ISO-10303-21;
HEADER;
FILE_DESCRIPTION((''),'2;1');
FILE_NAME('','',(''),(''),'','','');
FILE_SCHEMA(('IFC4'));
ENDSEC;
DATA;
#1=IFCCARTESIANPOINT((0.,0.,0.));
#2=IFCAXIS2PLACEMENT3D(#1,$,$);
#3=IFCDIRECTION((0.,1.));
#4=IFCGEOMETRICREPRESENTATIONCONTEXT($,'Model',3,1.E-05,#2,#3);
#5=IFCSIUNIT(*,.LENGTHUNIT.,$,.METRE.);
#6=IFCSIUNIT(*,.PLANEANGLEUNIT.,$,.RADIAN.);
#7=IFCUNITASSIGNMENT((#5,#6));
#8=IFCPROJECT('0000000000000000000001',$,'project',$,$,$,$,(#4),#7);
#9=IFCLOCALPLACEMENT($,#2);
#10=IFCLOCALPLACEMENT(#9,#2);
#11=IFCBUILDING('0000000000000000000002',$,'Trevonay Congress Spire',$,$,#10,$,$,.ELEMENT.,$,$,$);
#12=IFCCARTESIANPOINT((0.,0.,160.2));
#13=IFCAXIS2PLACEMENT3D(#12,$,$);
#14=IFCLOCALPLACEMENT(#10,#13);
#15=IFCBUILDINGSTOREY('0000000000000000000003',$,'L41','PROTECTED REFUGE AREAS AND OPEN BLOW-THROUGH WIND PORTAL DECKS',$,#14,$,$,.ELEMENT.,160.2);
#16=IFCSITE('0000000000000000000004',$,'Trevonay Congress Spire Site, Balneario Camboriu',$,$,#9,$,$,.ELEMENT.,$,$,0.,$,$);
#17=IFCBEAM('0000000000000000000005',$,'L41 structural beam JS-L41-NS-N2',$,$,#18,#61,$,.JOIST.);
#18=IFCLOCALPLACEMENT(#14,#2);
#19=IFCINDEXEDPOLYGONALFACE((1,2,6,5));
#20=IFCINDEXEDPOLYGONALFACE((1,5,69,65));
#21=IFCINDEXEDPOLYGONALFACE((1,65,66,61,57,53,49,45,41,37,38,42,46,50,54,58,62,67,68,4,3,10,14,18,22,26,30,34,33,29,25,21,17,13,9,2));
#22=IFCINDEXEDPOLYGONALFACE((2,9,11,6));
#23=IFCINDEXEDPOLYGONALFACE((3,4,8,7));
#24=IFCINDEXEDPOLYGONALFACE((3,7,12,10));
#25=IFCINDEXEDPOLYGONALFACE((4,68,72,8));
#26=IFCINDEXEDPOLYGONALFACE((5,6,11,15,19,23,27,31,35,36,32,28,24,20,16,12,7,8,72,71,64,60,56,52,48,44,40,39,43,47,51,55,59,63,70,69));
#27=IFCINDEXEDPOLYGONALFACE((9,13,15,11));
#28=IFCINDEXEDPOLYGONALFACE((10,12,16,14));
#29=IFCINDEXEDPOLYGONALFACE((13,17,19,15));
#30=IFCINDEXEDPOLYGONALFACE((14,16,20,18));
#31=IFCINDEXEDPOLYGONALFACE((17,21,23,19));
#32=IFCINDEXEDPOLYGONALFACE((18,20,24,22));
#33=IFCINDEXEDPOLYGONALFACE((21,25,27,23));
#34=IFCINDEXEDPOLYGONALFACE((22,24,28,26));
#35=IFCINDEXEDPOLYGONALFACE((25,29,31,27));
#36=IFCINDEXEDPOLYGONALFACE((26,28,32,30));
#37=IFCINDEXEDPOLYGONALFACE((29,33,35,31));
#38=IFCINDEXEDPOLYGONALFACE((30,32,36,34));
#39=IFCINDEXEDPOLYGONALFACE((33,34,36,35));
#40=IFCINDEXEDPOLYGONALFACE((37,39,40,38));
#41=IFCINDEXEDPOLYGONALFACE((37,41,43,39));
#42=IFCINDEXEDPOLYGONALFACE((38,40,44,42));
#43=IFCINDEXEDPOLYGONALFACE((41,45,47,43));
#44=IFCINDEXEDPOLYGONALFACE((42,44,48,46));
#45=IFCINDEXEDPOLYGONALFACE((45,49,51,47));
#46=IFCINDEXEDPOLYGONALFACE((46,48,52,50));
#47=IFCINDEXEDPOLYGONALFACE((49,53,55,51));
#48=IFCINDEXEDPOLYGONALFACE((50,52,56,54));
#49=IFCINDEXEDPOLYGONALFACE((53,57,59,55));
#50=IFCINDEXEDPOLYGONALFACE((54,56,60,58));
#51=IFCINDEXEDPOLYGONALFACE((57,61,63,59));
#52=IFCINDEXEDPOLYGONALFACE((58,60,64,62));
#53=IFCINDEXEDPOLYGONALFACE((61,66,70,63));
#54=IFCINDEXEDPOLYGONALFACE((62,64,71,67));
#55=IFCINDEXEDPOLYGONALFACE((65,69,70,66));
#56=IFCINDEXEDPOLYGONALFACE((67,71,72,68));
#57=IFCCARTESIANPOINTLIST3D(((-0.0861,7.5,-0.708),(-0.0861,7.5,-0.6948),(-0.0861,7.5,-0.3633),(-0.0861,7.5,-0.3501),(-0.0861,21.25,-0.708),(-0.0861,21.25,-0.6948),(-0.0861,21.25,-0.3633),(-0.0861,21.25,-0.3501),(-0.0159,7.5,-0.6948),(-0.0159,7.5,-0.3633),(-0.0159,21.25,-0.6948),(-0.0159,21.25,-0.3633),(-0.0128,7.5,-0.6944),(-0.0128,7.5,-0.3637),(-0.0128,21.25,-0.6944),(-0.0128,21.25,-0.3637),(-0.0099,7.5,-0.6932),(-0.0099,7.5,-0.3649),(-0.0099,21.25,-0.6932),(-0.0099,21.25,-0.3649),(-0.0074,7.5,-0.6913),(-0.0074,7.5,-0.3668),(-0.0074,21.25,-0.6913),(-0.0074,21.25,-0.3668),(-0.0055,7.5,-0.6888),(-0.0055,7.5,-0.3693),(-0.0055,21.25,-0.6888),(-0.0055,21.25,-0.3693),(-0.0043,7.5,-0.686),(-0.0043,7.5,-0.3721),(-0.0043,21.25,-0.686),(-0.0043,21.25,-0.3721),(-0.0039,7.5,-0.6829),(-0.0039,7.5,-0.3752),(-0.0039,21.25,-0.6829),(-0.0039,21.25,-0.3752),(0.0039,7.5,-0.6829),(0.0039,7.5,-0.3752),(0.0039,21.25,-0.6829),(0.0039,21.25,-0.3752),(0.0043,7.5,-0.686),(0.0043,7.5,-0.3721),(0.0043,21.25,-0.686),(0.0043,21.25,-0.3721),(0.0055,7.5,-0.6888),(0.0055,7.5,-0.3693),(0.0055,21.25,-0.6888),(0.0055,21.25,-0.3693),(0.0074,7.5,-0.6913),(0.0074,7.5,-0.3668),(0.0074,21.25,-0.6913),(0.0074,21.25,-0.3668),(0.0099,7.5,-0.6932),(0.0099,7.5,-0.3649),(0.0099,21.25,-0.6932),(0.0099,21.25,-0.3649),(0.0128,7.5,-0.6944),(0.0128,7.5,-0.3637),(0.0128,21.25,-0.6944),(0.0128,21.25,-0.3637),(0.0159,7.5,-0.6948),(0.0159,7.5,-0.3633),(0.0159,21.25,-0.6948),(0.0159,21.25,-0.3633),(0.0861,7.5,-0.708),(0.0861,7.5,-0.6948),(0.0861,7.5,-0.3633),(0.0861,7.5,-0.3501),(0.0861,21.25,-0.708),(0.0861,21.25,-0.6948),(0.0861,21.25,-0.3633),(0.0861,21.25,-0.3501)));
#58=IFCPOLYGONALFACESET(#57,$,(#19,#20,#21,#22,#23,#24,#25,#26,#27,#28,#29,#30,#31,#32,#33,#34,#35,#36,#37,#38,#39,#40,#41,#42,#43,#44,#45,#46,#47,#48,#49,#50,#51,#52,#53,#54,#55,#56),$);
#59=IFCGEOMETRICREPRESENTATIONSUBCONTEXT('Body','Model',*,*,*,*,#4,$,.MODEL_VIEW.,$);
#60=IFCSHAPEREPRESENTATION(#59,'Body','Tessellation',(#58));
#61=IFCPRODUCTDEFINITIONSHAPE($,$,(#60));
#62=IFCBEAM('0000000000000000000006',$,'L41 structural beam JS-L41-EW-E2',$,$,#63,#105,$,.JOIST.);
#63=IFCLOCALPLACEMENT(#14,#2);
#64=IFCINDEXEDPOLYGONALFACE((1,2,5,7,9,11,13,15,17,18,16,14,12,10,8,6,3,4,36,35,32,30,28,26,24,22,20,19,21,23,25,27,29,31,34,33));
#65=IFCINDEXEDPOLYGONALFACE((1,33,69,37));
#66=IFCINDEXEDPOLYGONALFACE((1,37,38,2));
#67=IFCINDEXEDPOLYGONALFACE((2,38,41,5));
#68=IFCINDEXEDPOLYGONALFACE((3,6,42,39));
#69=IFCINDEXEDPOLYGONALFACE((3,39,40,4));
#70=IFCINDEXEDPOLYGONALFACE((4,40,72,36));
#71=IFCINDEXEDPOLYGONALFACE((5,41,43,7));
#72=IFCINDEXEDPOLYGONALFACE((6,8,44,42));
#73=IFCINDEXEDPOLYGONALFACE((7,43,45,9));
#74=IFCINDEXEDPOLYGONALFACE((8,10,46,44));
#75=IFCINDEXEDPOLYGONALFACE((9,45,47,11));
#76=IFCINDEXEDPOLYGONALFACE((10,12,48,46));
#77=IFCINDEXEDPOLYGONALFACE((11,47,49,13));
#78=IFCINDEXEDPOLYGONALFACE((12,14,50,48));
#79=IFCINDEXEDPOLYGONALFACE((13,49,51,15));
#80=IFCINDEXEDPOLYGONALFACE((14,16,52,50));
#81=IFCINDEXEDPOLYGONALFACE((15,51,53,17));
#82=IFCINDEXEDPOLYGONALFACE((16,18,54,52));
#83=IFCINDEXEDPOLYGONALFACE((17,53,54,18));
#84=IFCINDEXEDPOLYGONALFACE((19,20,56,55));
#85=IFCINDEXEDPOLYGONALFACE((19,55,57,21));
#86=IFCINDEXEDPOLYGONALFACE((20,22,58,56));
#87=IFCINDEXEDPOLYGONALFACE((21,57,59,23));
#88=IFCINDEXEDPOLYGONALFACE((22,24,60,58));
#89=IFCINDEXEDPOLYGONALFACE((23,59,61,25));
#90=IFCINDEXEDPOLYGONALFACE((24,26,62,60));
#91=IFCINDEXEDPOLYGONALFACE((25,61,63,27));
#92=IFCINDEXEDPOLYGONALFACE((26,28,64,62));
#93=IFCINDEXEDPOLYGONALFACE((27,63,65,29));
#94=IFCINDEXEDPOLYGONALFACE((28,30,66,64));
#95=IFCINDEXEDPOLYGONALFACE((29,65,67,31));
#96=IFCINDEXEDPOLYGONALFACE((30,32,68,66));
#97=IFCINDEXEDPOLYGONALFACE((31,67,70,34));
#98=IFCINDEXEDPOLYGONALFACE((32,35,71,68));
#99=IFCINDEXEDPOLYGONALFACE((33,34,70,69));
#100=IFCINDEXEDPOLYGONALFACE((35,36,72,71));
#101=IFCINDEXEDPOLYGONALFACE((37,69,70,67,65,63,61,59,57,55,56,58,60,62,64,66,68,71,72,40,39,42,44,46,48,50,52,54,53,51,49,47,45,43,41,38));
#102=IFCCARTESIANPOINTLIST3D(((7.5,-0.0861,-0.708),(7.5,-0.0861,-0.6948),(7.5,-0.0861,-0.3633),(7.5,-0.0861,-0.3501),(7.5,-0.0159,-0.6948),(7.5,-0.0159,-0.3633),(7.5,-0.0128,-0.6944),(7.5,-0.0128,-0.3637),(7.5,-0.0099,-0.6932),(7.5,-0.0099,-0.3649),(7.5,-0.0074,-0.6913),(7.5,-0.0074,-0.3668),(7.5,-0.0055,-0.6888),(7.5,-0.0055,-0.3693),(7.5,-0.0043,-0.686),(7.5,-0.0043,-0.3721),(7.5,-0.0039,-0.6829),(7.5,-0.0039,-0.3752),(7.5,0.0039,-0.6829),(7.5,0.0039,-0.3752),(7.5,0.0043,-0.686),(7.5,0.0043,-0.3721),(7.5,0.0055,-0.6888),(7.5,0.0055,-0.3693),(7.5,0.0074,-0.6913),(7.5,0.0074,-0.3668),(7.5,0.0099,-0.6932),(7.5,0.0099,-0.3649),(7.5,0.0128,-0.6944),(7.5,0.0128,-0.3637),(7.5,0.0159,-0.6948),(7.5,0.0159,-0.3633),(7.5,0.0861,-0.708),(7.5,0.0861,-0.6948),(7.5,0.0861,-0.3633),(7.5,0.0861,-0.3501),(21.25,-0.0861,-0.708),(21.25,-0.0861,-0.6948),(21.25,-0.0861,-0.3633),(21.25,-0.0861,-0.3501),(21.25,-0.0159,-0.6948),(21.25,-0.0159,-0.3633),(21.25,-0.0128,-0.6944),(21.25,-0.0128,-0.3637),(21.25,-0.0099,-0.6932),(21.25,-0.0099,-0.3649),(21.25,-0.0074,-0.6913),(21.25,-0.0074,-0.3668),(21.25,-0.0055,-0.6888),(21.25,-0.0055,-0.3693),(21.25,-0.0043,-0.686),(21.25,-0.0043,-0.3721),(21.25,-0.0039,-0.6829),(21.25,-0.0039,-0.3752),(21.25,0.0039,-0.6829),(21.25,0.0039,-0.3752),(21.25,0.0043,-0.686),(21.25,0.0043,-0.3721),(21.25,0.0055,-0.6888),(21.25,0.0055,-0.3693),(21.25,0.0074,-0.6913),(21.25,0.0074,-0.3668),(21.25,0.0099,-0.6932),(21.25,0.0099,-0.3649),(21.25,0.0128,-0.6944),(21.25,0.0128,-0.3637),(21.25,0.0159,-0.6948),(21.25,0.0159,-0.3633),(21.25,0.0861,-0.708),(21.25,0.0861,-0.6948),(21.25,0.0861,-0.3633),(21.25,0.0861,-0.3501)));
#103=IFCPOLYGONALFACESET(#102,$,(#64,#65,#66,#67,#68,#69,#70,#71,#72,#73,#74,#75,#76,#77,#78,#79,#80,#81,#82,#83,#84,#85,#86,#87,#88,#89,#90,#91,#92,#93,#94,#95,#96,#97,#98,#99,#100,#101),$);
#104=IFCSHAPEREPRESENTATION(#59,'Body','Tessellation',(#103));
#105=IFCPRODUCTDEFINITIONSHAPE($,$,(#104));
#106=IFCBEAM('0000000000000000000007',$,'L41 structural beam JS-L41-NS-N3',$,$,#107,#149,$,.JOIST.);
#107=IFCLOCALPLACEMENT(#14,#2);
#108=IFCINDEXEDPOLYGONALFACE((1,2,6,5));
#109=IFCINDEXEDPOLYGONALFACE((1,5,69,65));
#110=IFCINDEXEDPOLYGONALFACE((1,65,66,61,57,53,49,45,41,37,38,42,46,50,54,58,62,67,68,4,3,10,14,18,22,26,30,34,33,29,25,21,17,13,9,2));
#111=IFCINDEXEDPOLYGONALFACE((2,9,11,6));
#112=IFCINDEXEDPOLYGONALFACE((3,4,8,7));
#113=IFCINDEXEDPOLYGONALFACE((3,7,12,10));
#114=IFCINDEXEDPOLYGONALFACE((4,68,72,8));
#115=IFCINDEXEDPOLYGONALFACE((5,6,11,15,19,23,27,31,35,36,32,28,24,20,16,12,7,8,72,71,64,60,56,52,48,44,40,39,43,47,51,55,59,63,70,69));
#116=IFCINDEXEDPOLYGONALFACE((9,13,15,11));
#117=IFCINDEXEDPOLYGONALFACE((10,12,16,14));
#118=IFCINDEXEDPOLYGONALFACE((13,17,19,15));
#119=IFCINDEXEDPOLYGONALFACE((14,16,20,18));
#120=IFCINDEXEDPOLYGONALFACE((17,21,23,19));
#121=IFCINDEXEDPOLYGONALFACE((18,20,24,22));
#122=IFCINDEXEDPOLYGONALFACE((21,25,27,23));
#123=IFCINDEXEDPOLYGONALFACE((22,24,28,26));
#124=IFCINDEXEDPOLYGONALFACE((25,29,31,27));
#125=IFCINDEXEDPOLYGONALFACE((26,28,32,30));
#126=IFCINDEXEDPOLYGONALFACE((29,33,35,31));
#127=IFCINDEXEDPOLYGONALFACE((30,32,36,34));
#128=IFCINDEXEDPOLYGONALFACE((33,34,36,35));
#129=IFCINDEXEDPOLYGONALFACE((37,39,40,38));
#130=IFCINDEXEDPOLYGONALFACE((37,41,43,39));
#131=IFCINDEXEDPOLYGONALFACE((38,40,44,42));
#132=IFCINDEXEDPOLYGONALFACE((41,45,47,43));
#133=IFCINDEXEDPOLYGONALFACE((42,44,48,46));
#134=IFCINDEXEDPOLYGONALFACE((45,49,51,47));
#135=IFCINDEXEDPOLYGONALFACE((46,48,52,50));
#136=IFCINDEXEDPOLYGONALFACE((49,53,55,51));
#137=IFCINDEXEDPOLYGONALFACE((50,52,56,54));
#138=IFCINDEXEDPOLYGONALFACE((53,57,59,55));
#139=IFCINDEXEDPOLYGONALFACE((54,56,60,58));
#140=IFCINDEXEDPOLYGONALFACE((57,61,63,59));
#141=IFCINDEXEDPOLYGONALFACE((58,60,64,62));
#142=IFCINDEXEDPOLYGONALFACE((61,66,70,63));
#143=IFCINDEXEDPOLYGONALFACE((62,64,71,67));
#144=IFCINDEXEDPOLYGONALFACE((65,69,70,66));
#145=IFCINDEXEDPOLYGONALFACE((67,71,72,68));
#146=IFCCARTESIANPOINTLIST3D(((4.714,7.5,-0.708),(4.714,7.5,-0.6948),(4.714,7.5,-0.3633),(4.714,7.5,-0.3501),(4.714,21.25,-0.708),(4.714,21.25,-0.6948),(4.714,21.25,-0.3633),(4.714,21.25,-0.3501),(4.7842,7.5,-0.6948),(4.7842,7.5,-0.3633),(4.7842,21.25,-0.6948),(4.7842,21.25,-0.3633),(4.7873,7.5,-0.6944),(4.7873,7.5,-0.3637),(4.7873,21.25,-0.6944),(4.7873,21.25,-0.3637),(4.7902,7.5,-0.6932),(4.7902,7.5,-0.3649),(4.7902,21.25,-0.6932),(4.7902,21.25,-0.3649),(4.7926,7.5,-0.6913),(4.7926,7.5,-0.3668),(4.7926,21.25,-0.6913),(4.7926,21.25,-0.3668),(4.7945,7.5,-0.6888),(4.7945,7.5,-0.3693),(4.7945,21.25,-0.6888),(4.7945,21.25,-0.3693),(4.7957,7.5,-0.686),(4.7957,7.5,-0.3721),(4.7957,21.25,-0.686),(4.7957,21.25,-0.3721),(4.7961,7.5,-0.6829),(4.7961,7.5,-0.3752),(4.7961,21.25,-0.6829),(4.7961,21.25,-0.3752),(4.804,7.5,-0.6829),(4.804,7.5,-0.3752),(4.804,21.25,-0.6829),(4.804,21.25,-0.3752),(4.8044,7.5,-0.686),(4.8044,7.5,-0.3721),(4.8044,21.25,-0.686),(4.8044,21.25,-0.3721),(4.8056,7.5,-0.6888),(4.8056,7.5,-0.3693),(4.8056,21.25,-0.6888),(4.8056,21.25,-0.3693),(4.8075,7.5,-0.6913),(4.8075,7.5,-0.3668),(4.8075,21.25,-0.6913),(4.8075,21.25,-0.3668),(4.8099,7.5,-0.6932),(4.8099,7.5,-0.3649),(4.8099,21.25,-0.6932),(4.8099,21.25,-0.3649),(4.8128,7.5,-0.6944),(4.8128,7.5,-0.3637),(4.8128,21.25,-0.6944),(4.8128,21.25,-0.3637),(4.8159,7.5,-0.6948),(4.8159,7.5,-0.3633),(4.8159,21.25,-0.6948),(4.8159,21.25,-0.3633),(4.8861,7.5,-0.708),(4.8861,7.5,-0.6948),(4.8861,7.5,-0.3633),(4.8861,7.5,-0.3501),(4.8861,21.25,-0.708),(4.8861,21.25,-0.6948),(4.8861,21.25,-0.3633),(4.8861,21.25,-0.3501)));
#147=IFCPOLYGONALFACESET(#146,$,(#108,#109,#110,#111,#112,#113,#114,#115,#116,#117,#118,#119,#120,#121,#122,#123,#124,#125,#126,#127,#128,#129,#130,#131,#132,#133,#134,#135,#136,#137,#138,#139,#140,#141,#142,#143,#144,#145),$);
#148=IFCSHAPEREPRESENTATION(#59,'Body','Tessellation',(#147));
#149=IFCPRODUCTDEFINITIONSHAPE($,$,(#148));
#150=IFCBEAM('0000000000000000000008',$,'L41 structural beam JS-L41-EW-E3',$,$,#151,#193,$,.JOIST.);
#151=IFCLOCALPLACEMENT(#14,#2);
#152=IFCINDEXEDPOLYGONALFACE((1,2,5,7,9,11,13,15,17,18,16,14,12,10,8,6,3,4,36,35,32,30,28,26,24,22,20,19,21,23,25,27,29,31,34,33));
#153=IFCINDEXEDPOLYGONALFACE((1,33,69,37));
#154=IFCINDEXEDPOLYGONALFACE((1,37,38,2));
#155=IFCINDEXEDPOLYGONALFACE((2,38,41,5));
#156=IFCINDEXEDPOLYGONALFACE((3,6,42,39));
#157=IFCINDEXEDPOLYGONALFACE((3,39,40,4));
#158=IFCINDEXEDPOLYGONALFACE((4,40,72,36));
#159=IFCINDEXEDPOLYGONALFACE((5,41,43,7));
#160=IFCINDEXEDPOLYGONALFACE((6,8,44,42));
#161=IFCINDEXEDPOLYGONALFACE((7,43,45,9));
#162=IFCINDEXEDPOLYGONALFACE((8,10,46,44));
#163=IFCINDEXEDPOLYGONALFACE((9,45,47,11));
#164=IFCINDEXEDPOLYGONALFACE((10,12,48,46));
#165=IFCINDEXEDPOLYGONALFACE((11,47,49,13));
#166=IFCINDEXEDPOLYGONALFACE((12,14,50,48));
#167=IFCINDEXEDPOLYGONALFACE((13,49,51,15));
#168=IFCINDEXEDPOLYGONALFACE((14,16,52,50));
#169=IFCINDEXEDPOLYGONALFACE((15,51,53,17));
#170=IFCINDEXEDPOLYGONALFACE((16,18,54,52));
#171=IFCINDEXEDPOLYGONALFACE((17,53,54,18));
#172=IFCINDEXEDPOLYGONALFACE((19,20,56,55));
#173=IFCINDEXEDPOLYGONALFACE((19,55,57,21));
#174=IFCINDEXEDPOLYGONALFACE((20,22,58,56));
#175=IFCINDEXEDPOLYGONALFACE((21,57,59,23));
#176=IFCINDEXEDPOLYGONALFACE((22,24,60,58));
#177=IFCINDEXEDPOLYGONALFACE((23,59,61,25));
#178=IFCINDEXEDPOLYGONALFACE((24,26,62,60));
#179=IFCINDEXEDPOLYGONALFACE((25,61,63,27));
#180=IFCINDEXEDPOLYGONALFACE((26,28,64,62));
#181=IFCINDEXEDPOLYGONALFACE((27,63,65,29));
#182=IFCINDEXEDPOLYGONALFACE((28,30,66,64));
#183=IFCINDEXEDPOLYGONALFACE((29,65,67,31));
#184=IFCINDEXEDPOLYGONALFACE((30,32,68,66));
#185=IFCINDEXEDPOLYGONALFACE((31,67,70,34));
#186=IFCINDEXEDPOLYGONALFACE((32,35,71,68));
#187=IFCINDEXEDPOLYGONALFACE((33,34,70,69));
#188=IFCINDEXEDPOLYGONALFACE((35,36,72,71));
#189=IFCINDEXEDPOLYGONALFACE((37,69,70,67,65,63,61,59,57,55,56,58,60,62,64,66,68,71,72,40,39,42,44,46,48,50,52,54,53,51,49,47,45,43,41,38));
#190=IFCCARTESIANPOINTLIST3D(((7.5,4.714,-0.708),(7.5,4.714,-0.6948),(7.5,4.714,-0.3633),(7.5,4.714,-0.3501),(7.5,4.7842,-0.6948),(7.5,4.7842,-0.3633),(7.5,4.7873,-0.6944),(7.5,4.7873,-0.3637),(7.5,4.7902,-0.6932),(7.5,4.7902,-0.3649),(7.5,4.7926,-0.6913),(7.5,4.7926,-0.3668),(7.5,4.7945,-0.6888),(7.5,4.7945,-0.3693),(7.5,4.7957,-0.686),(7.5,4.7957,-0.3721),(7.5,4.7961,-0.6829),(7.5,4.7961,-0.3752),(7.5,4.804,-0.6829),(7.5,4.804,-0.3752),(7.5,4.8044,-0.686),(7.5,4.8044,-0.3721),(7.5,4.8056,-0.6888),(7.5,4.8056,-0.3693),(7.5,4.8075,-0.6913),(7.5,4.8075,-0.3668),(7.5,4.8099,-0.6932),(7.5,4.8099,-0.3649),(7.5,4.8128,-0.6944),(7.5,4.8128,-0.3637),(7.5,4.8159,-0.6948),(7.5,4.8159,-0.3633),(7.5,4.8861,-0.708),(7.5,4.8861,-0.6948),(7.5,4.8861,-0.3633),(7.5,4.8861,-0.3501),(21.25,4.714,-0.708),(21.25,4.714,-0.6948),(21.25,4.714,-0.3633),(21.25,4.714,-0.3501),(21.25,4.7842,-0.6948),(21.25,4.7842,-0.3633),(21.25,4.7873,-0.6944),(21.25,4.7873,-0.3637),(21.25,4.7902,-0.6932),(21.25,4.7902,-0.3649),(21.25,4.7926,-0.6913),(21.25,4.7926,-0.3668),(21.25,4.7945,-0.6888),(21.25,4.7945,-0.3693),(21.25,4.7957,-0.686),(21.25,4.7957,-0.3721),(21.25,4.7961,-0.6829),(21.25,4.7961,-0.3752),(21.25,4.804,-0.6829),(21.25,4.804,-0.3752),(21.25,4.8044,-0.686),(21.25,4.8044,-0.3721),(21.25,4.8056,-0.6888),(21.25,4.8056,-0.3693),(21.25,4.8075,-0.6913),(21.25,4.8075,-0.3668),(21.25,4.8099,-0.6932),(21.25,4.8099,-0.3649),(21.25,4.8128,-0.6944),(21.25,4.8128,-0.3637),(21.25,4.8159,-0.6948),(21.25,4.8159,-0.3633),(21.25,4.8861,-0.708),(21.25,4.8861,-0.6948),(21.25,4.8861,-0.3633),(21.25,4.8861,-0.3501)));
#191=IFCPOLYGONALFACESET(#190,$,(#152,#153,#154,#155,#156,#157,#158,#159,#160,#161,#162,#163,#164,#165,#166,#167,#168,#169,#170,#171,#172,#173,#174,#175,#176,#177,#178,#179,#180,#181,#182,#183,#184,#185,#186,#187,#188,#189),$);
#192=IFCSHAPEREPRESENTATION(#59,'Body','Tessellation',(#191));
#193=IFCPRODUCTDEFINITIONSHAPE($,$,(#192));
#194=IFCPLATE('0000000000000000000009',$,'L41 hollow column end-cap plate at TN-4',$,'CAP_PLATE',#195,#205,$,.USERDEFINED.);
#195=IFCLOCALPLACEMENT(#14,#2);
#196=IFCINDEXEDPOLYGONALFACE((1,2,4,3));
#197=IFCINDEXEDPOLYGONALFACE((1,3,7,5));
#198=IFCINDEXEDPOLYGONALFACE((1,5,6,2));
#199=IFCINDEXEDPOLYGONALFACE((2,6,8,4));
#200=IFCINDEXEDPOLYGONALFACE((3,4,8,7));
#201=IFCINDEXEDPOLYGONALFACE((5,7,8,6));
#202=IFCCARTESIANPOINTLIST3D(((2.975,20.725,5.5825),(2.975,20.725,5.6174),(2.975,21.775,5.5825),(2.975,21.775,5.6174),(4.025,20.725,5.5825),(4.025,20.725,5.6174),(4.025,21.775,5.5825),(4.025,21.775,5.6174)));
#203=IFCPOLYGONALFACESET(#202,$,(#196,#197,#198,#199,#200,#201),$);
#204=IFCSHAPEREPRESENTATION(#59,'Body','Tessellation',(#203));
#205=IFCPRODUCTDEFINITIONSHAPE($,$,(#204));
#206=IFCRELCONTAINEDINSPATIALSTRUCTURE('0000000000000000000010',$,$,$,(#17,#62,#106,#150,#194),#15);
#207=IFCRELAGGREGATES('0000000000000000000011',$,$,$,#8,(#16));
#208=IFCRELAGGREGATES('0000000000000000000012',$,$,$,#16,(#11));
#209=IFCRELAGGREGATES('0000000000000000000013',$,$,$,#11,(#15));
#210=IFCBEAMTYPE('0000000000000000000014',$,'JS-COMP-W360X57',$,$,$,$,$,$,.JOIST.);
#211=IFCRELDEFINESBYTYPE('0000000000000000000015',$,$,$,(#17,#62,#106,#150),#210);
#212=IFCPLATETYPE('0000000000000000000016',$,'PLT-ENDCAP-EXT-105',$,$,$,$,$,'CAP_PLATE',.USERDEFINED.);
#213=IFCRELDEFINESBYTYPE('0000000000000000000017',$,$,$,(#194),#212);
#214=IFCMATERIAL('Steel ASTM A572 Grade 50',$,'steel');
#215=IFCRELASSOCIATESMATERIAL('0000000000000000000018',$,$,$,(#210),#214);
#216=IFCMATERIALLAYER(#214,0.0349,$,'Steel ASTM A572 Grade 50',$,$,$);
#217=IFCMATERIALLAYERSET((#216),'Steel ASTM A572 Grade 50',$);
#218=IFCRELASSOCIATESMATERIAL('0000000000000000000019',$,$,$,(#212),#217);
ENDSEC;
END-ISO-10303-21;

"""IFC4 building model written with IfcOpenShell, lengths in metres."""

from ifc_helpers import new_model, si_unit, direction, frame, origin, origin_2d, place, context, subcontext, project, spatial, rectangle, i_section, extrude, material, layer, layer_set, material_profile, profile_set, type_object, element, save


model = new_model("IFC4")

# Units and contexts
model_context = context("Model", 3, precision=1e-05, world=origin(), true_north=direction((0.0, 1.0)))
body_context = subcontext(model_context, "Body", "Model", "MODEL_VIEW")
ifc_project = project(units=[si_unit("LENGTHUNIT", "METRE"), si_unit("PLANEANGLEUNIT", "RADIAN")], contexts=[model_context])

# Site, building, storey
site_placement = place(None, origin())
site = spatial("IfcSite", under=ifc_project, at=site_placement, Name="Trevonay Congress Spire Site, Balneario Camboriu", CompositionType="ELEMENT", RefElevation=0.0)
building_placement = place(site_placement, origin())
building = spatial("IfcBuilding", under=site, at=building_placement, Name="Trevonay Congress Spire", CompositionType="ELEMENT")
storey_placement = place(building_placement, frame((0.0, 0.0, 160.2)))
storey = spatial("IfcBuildingStorey", under=building, at=storey_placement, Name="L41", Description="PROTECTED REFUGE AREAS AND OPEN BLOW-THROUGH WIND PORTAL DECKS", CompositionType="ELEMENT", Elevation=160.2)

# Shared definitions
ifc_material_1 = material(Name="Steel ASTM A572 Grade 50", Category="steel")

# Beams
ifc_material_profile_1 = material_profile(ifc_material_1, i_section(OverallWidth=0.1721, OverallDepth=0.3579, WebThickness=0.0078, FlangeThickness=0.0132, FilletRadius=0.012, at=origin_2d()), Name="W360x57.8")
ifc_profile_set_1 = profile_set([ifc_material_profile_1], Name="Steel ASTM A572 Grade 50")
beam_type_1 = type_object("IfcBeamType", Name="JS-COMP-W360X57", PredefinedType="JOIST", material=ifc_profile_set_1)
for number, where, z_axis, x_axis, name in (
    (1, (0.0, 7.5, -0.5291), (0.0, 1.0, 0.0), (-1.0, 0.0, 0.0), "L41 structural beam JS-L41-NS-N2"),
    (2, (7.5, 0.0, -0.5291), (1.0, 0.0, 0.0), (0.0, 1.0, 0.0), "L41 structural beam JS-L41-EW-E2"),
    (3, (4.8, 7.5, -0.5291), (0.0, 1.0, 0.0), (-1.0, 0.0, 0.0), "L41 structural beam JS-L41-NS-N3"),
    (4, (7.5, 4.8, -0.5291), (1.0, 0.0, 0.0), (0.0, 1.0, 0.0), "L41 structural beam JS-L41-EW-E3"),
):
    element("IfcBeam", number, at=place(storey_placement, frame(where, z_axis=z_axis, x_axis=x_axis)), inside=storey, type_object=beam_type_1, Name=name, PredefinedType="JOIST", context=body_context, shape_type="SweptSolid", body=[
        extrude(i_section(OverallWidth=0.1721, OverallDepth=0.3579, WebThickness=0.0078, FlangeThickness=0.0132, FilletRadius=0.012, at=origin_2d()), origin(), (0.0, 0.0, 1.0), 13.75),
    ])

# Plate
ifc_layer_1 = layer(ifc_material_1, 0.0349, Name="Steel ASTM A572 Grade 50")
ifc_layer_set_1 = layer_set([ifc_layer_1], Name="Steel ASTM A572 Grade 50")
plate_type = type_object("IfcPlateType", Name="PLT-ENDCAP-EXT-105", ElementType="CAP_PLATE", PredefinedType="USERDEFINED", material=ifc_layer_set_1)
plate_placement = place(storey_placement, frame((3.5, 21.25, 5.5825), z_axis=(0.0, 0.0, 1.0), x_axis=(1.0, 0.0, 0.0)))
element("IfcPlate", 5, at=plate_placement, inside=storey, type_object=plate_type, Name="L41 hollow column end-cap plate at TN-4", ObjectType="CAP_PLATE", PredefinedType="USERDEFINED", context=body_context, shape_type="SweptSolid", body=[
    extrude(rectangle(XDim=1.05, YDim=1.05, at=origin_2d()), origin(), (0.0, 0.0, 1.0), 0.0349),
])

save(model, "model.ifc")
